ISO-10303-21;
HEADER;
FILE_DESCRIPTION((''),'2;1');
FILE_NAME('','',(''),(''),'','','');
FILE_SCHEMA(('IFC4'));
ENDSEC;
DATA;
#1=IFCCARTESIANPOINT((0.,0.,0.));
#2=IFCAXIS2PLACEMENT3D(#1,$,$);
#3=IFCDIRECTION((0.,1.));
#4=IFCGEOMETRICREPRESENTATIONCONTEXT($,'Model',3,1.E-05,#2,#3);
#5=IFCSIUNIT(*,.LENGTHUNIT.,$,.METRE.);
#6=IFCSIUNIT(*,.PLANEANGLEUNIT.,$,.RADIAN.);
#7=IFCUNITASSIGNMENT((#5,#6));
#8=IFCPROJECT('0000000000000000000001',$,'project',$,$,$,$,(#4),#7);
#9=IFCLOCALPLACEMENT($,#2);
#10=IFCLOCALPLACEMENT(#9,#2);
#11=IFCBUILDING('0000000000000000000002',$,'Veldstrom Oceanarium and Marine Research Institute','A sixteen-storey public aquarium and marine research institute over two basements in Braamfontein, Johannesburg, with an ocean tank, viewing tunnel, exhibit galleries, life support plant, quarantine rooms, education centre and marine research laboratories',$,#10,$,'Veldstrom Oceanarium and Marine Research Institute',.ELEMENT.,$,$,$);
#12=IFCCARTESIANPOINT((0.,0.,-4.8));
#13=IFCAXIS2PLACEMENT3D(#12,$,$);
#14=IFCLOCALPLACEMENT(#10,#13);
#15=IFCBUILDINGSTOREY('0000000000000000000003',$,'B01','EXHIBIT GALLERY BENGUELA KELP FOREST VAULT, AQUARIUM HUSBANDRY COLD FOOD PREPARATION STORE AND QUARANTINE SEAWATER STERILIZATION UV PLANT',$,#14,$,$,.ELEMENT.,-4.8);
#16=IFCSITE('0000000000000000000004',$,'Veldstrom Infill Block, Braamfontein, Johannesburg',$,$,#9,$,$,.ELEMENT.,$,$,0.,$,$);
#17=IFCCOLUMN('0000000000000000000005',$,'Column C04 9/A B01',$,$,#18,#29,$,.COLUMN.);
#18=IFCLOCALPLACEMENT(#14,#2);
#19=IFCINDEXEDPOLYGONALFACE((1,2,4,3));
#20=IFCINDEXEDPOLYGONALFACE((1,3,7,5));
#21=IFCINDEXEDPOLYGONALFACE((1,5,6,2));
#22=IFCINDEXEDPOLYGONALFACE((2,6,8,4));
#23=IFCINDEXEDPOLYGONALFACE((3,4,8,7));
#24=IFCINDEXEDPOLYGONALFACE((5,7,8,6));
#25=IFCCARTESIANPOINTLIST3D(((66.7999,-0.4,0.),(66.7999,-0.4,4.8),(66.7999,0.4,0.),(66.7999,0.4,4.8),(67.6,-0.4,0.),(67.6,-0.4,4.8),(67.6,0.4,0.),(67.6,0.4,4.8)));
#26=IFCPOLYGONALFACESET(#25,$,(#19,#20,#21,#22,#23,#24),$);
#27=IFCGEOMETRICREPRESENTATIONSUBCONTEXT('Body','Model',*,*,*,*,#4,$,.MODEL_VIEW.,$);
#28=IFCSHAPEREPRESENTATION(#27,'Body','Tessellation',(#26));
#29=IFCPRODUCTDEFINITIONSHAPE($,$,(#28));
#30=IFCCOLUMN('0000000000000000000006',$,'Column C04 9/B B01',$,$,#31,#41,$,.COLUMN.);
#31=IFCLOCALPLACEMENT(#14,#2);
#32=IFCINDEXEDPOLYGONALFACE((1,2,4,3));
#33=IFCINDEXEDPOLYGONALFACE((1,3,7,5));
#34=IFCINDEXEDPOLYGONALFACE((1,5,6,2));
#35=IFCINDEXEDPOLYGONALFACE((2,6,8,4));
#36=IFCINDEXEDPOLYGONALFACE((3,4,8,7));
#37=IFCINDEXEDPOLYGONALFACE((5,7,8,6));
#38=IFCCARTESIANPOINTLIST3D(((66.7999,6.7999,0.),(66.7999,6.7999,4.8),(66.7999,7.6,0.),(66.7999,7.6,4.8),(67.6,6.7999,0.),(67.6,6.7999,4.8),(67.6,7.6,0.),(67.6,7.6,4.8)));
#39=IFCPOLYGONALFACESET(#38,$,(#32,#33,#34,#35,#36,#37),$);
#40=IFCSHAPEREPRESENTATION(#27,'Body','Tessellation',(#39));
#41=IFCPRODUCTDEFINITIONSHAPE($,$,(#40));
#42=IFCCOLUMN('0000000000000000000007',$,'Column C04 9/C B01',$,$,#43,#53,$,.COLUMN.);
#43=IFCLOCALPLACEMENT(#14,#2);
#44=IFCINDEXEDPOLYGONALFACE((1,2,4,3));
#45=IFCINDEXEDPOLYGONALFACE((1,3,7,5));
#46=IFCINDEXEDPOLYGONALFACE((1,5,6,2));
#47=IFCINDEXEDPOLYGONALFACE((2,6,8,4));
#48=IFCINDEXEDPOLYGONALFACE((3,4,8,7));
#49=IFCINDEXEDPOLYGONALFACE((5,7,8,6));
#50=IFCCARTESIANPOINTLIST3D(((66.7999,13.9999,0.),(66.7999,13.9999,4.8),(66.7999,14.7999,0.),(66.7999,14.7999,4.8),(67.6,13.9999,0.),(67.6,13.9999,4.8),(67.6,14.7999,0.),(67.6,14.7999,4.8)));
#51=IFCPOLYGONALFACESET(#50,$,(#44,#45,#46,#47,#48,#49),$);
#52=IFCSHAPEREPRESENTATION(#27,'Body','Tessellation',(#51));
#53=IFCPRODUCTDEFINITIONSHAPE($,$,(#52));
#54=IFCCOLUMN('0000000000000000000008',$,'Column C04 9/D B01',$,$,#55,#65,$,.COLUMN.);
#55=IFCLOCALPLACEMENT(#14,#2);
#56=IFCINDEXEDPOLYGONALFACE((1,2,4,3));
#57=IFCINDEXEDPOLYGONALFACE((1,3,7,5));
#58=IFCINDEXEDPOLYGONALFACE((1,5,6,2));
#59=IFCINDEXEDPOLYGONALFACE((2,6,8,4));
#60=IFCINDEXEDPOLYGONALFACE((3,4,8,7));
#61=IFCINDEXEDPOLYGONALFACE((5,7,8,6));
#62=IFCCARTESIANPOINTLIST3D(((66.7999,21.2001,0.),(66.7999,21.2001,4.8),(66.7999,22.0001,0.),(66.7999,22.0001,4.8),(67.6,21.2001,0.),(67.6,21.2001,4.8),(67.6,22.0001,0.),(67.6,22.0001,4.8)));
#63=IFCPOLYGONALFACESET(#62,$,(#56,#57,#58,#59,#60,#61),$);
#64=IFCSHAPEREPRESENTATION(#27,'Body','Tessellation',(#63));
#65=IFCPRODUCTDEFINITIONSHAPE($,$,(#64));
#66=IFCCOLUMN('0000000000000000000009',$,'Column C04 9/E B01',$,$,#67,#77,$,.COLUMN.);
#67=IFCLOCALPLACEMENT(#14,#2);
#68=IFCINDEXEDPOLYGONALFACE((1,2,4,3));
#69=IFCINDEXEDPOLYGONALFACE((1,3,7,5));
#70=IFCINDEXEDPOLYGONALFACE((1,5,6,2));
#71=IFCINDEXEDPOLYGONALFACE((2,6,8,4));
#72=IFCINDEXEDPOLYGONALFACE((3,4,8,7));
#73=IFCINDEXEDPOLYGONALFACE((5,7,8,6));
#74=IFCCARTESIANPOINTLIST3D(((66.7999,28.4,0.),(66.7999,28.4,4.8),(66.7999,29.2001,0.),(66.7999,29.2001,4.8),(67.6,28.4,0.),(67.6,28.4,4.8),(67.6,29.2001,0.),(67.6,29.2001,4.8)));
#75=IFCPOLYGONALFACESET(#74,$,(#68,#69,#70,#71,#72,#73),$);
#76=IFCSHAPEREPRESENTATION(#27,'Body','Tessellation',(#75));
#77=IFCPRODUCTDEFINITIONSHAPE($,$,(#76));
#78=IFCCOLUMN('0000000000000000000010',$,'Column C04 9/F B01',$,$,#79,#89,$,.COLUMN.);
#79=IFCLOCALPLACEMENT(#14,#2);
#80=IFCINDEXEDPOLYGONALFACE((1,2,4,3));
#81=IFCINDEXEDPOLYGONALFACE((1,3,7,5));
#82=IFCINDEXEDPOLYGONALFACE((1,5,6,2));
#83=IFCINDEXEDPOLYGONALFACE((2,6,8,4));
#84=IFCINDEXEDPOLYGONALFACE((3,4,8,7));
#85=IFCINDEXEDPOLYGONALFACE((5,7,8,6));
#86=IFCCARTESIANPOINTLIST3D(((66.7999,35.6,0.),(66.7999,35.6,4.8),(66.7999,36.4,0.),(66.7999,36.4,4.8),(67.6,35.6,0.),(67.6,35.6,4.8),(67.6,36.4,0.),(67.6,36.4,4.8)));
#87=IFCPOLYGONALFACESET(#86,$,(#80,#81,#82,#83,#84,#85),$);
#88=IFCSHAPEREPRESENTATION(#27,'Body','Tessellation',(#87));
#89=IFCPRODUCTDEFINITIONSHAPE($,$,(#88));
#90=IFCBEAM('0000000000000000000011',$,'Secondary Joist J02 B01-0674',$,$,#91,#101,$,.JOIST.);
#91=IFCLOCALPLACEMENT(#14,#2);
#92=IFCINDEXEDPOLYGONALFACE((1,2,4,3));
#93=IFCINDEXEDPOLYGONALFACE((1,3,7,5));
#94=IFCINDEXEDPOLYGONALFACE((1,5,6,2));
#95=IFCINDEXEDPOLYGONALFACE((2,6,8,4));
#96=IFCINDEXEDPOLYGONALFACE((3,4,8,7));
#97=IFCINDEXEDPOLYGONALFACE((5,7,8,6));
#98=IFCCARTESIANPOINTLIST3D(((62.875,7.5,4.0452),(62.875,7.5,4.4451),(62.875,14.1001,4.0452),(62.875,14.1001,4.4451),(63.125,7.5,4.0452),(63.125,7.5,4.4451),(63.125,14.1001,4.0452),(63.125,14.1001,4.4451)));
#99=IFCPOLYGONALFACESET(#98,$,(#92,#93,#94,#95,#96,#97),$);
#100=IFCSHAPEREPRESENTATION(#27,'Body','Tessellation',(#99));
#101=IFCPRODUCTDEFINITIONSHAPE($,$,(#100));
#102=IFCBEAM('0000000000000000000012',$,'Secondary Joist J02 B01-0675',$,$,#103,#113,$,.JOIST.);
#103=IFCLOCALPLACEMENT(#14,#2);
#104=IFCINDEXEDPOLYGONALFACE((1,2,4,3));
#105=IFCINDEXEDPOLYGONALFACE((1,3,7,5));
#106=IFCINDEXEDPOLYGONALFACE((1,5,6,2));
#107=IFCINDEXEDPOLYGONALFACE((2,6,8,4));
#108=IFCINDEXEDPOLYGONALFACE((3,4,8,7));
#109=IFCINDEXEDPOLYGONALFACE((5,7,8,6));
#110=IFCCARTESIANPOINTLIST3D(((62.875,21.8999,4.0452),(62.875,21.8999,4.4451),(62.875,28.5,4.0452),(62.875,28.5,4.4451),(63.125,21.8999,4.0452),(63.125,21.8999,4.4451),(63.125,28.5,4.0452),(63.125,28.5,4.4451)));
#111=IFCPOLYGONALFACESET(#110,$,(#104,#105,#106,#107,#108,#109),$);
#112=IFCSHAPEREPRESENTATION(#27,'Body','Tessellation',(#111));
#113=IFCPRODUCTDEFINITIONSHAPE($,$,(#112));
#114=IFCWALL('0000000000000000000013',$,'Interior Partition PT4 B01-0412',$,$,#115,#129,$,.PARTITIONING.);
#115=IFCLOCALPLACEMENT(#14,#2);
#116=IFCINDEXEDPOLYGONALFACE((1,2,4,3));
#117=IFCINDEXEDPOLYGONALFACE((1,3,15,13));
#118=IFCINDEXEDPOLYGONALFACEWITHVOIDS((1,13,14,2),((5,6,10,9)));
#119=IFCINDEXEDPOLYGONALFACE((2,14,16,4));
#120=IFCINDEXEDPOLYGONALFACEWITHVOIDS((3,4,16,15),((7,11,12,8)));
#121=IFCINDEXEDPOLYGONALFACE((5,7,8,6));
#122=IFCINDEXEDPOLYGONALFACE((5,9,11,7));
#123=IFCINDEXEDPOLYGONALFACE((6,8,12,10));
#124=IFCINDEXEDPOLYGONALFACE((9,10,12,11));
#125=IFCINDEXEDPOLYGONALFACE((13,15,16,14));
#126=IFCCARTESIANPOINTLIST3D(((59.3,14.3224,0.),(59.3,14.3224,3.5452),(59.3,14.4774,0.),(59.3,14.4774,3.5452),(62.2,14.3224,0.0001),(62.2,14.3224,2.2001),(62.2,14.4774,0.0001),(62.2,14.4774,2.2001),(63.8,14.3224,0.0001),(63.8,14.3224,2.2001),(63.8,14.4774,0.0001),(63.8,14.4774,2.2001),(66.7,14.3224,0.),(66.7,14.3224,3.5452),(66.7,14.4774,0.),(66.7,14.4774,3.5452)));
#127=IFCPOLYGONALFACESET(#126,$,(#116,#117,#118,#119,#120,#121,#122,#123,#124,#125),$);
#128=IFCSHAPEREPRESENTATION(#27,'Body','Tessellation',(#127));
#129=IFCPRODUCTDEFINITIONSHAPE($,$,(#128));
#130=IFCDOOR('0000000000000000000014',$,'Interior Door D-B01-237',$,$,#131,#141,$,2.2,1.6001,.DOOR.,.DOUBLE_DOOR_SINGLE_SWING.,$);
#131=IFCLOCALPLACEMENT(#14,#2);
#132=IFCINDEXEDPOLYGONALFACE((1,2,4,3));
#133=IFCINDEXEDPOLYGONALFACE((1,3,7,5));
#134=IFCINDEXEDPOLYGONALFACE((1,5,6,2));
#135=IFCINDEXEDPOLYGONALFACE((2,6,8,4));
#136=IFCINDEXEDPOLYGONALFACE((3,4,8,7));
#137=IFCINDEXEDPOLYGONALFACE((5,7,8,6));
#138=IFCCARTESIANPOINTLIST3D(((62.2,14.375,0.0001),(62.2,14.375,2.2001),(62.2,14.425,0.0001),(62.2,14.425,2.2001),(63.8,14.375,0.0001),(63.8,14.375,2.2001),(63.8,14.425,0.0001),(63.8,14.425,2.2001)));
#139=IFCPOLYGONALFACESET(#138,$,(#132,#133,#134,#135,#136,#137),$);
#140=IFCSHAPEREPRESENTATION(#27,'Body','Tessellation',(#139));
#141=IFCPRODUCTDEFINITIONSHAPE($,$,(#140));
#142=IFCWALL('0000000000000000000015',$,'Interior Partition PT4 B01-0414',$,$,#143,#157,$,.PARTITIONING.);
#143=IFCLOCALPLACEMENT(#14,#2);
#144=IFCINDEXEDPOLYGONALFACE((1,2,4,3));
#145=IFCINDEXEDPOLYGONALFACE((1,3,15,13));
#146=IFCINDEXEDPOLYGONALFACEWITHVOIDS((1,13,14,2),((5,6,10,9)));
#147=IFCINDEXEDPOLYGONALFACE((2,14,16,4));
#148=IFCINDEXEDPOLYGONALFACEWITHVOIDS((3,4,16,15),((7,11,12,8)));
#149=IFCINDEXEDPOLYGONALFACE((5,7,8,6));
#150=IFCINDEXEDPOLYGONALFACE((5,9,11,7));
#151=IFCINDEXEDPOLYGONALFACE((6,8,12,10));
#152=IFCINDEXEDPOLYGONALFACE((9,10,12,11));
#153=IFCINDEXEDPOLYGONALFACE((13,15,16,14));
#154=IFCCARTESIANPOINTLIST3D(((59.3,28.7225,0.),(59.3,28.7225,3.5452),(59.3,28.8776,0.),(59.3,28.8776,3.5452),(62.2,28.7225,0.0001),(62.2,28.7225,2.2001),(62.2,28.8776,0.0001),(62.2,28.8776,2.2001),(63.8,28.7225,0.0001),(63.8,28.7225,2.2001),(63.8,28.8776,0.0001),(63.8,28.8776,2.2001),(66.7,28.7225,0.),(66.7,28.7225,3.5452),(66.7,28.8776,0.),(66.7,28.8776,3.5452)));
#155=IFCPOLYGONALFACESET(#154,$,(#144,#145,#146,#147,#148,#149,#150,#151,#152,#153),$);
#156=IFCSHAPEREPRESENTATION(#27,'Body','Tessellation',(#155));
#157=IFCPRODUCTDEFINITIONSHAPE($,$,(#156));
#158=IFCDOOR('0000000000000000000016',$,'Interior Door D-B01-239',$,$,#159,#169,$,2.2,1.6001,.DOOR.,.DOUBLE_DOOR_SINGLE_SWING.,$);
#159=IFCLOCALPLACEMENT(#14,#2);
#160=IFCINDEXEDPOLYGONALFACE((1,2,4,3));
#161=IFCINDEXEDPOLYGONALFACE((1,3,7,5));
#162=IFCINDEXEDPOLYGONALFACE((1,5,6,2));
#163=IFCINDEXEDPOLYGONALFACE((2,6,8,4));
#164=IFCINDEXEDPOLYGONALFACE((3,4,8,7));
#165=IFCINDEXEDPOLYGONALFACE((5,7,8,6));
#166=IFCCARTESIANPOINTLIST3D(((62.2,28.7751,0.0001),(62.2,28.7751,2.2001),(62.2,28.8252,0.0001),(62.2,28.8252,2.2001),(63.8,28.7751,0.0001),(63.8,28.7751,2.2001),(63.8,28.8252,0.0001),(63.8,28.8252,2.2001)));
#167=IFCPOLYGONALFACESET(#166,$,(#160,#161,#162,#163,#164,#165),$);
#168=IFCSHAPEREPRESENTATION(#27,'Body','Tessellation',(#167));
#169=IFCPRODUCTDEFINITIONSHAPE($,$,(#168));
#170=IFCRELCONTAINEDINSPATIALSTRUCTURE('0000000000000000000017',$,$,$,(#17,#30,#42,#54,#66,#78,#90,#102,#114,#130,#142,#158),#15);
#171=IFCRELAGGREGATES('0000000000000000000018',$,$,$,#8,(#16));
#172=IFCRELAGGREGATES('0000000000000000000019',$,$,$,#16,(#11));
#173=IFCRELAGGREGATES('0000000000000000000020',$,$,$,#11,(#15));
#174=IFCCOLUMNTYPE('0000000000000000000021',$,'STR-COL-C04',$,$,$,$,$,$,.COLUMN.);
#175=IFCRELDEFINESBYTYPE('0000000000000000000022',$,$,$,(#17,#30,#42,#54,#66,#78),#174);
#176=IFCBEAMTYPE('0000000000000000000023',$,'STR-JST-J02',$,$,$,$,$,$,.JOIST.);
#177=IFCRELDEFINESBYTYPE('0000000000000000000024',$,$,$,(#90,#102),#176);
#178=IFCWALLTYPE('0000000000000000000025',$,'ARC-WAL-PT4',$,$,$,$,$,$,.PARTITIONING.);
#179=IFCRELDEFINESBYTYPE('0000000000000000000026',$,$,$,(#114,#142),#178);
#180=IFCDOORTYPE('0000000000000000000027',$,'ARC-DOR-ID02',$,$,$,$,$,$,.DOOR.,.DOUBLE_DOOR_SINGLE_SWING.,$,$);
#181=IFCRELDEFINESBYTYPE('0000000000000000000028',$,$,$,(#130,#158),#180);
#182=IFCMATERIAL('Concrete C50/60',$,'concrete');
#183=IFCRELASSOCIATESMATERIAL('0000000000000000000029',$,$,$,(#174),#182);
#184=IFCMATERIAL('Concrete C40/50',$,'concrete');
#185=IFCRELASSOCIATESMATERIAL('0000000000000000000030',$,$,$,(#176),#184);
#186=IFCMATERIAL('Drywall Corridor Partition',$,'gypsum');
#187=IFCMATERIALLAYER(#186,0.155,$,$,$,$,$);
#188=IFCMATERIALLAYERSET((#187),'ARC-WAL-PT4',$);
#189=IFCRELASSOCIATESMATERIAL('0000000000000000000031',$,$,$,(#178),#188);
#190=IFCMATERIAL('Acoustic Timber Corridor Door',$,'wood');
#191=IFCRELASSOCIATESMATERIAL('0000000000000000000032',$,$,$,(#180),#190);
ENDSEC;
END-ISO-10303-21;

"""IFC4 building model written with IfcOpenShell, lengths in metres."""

from ifc_helpers import new_model, si_unit, direction, frame, frame_2d, origin, origin_2d, place, context, subcontext, project, spatial, rectangle, extrude, material, layer, layer_set, material_profile, profile_set, type_object, element, fill, save


model = new_model("IFC4")

# Units and contexts
model_context = context("Model", 3, precision=1e-05, world=origin(), true_north=direction((0.0, 1.0)))
body_context = subcontext(model_context, "Body", "Model", "MODEL_VIEW")
ifc_project = project(units=[si_unit("LENGTHUNIT", "METRE"), si_unit("PLANEANGLEUNIT", "RADIAN")], contexts=[model_context])

# Site, building, storey
site_placement = place(None, origin())
site = spatial("IfcSite", under=ifc_project, at=site_placement, Name="Veldstrom Infill Block, Braamfontein, Johannesburg", CompositionType="ELEMENT", RefElevation=0.0)
building_placement = place(site_placement, origin())
building = spatial("IfcBuilding", under=site, at=building_placement, Name="Veldstrom Oceanarium and Marine Research Institute", Description="A sixteen-storey public aquarium and marine research institute over two basements in Braamfontein, Johannesburg, with an ocean tank, viewing tunnel, exhibit galleries, life support plant, quarantine rooms, education centre and marine research laboratories", LongName="Veldstrom Oceanarium and Marine Research Institute", CompositionType="ELEMENT")
storey_placement = place(building_placement, frame((0.0, 0.0, -4.8)))
storey = spatial("IfcBuildingStorey", under=building, at=storey_placement, Name="B01", Description="EXHIBIT GALLERY BENGUELA KELP FOREST VAULT, AQUARIUM HUSBANDRY COLD FOOD PREPARATION STORE AND QUARANTINE SEAWATER STERILIZATION UV PLANT", CompositionType="ELEMENT", Elevation=-4.8)

# Columns
ifc_material_1 = material(Name="Concrete C50/60", Category="concrete")
ifc_material_profile_1 = material_profile(ifc_material_1, rectangle(XDim=0.8, YDim=0.8, at=origin_2d()), Name="RC-COL-800x800")
ifc_profile_set_1 = profile_set([ifc_material_profile_1], Name="Concrete C50/60")
column_type = type_object("IfcColumnType", Name="STR-COL-C04", PredefinedType="COLUMN", material=ifc_profile_set_1)
for number, where, z_axis, x_axis, name in (
    (1, (67.2, 0.0, 0.0), (0.0, 0.0, 1.0), (1.0, 0.0, 0.0), "Column C04 9/A B01"),
    (2, (67.2, 7.2, 0.0), (0.0, 0.0, 1.0), (1.0, 0.0, 0.0), "Column C04 9/B B01"),
    (3, (67.2, 14.3999, 0.0), (0.0, 0.0, 1.0), (1.0, 0.0, 0.0), "Column C04 9/C B01"),
    (4, (67.2, 21.6001, 0.0), (0.0, 0.0, 1.0), (1.0, 0.0, 0.0), "Column C04 9/D B01"),
    (5, (67.2, 28.8, 0.0), (0.0, 0.0, 1.0), (1.0, 0.0, 0.0), "Column C04 9/E B01"),
    (6, (67.2, 36.0, 0.0), (0.0, 0.0, 1.0), (1.0, 0.0, 0.0), "Column C04 9/F B01"),
):
    element("IfcColumn", number, at=place(storey_placement, frame(where, z_axis=z_axis, x_axis=x_axis)), inside=storey, type_object=column_type, Name=name, PredefinedType="COLUMN", context=body_context, shape_type="SweptSolid", body=[
        extrude(rectangle(XDim=0.8, YDim=0.8, at=origin_2d()), origin(), (0.0, 0.0, 1.0), 4.8),
    ])

# Beams
ifc_material_2 = material(Name="Concrete C40/50", Category="concrete")
ifc_material_profile_2 = material_profile(ifc_material_2, rectangle(XDim=0.25, YDim=0.3999, at=origin_2d()), Name="RC-JST-250x400")
ifc_profile_set_2 = profile_set([ifc_material_profile_2], Name="Concrete C40/50")
beam_type = type_object("IfcBeamType", Name="STR-JST-J02", PredefinedType="JOIST", material=ifc_profile_set_2)
for number, where, z_axis, x_axis, name in (
    (7, (63.0, 7.5, 4.2451), (0.0, 1.0, 0.0), (-1.0, 0.0, 0.0), "Secondary Joist J02 B01-0674"),
    (8, (63.0, 21.8999, 4.2451), (0.0, 1.0, 0.0), (-1.0, 0.0, 0.0), "Secondary Joist J02 B01-0675"),
):
    element("IfcBeam", number, at=place(storey_placement, frame(where, z_axis=z_axis, x_axis=x_axis)), inside=storey, type_object=beam_type, Name=name, PredefinedType="JOIST", context=body_context, shape_type="SweptSolid", body=[
        extrude(rectangle(XDim=0.25, YDim=0.3999, at=origin_2d()), origin(), (0.0, 0.0, 1.0), 6.6001),
    ])

# Walls, openings, doors
ifc_material_3 = material(Name="Drywall Corridor Partition", Category="gypsum")
ifc_layer_1 = layer(ifc_material_3, 0.155)
ifc_layer_set_1 = layer_set([ifc_layer_1], Name="ARC-WAL-PT4")
wall_type_1 = type_object("IfcWallType", Name="ARC-WAL-PT4", PredefinedType="PARTITIONING", material=ifc_layer_set_1)
wall_1_placement = place(storey_placement, frame((59.3, 14.3999, 0.0), z_axis=(0.0, 0.0, 1.0), x_axis=(1.0, 0.0, 0.0)))
wall_1 = element("IfcWall", 9, at=wall_1_placement, inside=storey, type_object=wall_type_1, Name="Interior Partition PT4 B01-0412", PredefinedType="PARTITIONING", context=body_context, shape_type="SweptSolid", body=[
    extrude(rectangle(XDim=7.3999, YDim=0.155, at=frame_2d((3.7, 0.0))), origin(), (0.0, 0.0, 1.0), 3.5452),
])
opening_1_placement = place(wall_1_placement, frame((2.8999, 0.0, 0.0)))
opening_1 = element("IfcOpeningElement", 10, at=opening_1_placement, cuts=wall_1, PredefinedType="OPENING", context=body_context, shape_type="SweptSolid", body=[
    extrude(rectangle(XDim=1.6001, YDim=2.2, at=frame_2d((0.8, 1.1001))), frame((0.0, 0.0874, 0.0), z_axis=(0.0, -1.0, 0.0), x_axis=(1.0, 0.0, 0.0)), (0.0, 0.0, 1.0), 0.175),
])
ifc_material_4 = material(Name="Acoustic Timber Corridor Door", Category="wood")
door_type_1 = type_object("IfcDoorType", Name="ARC-DOR-ID02", OperationType="DOUBLE_DOOR_SINGLE_SWING", PredefinedType="DOOR", material=ifc_material_4)
door_1_placement = place(opening_1_placement, frame((1.6001, 0.0, 0.0), z_axis=(0.0, 0.0, 1.0), x_axis=(-1.0, 0.0, 0.0)))
door_1 = element("IfcDoor", 11, at=door_1_placement, inside=storey, type_object=door_type_1, Name="Interior Door D-B01-237", OperationType="DOUBLE_DOOR_SINGLE_SWING", OverallHeight=2.2, OverallWidth=1.6001, PredefinedType="DOOR", context=body_context, shape_type="SweptSolid", body=[
    extrude(rectangle(XDim=1.6001, YDim=2.2, at=frame_2d((0.8, 1.1001))), frame((0.0, 0.0249, 0.0), z_axis=(0.0, -1.0, 0.0), x_axis=(1.0, 0.0, 0.0)), (0.0, 0.0, 1.0), 0.05),
])
fill(opening_1, door_1)
wall_2_placement = place(storey_placement, frame((59.3, 28.8, 0.0), z_axis=(0.0, 0.0, 1.0), x_axis=(1.0, 0.0, 0.0)))
wall_2 = element("IfcWall", 12, at=wall_2_placement, inside=storey, type_object=wall_type_1, Name="Interior Partition PT4 B01-0414", PredefinedType="PARTITIONING", context=body_context, shape_type="SweptSolid", body=[
    extrude(rectangle(XDim=7.3999, YDim=0.155, at=frame_2d((3.7, 0.0))), origin(), (0.0, 0.0, 1.0), 3.5452),
])
opening_2_placement = place(wall_2_placement, frame((2.8999, 0.0, 0.0)))
opening_2 = element("IfcOpeningElement", 13, at=opening_2_placement, cuts=wall_2, PredefinedType="OPENING", context=body_context, shape_type="SweptSolid", body=[
    extrude(rectangle(XDim=1.6001, YDim=2.2, at=frame_2d((0.8, 1.1001))), frame((0.0, 0.0874, 0.0), z_axis=(0.0, -1.0, 0.0), x_axis=(1.0, 0.0, 0.0)), (0.0, 0.0, 1.0), 0.175),
])
door_2_placement = place(opening_2_placement, frame((1.6001, 0.0, 0.0), z_axis=(0.0, 0.0, 1.0), x_axis=(-1.0, 0.0, 0.0)))
door_2 = element("IfcDoor", 14, at=door_2_placement, inside=storey, type_object=door_type_1, Name="Interior Door D-B01-239", OperationType="DOUBLE_DOOR_SINGLE_SWING", OverallHeight=2.2, OverallWidth=1.6001, PredefinedType="DOOR", context=body_context, shape_type="SweptSolid", body=[
    extrude(rectangle(XDim=1.6001, YDim=2.2, at=frame_2d((0.8, 1.1001))), frame((0.0, 0.0249, 0.0), z_axis=(0.0, -1.0, 0.0), x_axis=(1.0, 0.0, 0.0)), (0.0, 0.0, 1.0), 0.05),
])
fill(opening_2, door_2)

save(model, "model.ifc")
